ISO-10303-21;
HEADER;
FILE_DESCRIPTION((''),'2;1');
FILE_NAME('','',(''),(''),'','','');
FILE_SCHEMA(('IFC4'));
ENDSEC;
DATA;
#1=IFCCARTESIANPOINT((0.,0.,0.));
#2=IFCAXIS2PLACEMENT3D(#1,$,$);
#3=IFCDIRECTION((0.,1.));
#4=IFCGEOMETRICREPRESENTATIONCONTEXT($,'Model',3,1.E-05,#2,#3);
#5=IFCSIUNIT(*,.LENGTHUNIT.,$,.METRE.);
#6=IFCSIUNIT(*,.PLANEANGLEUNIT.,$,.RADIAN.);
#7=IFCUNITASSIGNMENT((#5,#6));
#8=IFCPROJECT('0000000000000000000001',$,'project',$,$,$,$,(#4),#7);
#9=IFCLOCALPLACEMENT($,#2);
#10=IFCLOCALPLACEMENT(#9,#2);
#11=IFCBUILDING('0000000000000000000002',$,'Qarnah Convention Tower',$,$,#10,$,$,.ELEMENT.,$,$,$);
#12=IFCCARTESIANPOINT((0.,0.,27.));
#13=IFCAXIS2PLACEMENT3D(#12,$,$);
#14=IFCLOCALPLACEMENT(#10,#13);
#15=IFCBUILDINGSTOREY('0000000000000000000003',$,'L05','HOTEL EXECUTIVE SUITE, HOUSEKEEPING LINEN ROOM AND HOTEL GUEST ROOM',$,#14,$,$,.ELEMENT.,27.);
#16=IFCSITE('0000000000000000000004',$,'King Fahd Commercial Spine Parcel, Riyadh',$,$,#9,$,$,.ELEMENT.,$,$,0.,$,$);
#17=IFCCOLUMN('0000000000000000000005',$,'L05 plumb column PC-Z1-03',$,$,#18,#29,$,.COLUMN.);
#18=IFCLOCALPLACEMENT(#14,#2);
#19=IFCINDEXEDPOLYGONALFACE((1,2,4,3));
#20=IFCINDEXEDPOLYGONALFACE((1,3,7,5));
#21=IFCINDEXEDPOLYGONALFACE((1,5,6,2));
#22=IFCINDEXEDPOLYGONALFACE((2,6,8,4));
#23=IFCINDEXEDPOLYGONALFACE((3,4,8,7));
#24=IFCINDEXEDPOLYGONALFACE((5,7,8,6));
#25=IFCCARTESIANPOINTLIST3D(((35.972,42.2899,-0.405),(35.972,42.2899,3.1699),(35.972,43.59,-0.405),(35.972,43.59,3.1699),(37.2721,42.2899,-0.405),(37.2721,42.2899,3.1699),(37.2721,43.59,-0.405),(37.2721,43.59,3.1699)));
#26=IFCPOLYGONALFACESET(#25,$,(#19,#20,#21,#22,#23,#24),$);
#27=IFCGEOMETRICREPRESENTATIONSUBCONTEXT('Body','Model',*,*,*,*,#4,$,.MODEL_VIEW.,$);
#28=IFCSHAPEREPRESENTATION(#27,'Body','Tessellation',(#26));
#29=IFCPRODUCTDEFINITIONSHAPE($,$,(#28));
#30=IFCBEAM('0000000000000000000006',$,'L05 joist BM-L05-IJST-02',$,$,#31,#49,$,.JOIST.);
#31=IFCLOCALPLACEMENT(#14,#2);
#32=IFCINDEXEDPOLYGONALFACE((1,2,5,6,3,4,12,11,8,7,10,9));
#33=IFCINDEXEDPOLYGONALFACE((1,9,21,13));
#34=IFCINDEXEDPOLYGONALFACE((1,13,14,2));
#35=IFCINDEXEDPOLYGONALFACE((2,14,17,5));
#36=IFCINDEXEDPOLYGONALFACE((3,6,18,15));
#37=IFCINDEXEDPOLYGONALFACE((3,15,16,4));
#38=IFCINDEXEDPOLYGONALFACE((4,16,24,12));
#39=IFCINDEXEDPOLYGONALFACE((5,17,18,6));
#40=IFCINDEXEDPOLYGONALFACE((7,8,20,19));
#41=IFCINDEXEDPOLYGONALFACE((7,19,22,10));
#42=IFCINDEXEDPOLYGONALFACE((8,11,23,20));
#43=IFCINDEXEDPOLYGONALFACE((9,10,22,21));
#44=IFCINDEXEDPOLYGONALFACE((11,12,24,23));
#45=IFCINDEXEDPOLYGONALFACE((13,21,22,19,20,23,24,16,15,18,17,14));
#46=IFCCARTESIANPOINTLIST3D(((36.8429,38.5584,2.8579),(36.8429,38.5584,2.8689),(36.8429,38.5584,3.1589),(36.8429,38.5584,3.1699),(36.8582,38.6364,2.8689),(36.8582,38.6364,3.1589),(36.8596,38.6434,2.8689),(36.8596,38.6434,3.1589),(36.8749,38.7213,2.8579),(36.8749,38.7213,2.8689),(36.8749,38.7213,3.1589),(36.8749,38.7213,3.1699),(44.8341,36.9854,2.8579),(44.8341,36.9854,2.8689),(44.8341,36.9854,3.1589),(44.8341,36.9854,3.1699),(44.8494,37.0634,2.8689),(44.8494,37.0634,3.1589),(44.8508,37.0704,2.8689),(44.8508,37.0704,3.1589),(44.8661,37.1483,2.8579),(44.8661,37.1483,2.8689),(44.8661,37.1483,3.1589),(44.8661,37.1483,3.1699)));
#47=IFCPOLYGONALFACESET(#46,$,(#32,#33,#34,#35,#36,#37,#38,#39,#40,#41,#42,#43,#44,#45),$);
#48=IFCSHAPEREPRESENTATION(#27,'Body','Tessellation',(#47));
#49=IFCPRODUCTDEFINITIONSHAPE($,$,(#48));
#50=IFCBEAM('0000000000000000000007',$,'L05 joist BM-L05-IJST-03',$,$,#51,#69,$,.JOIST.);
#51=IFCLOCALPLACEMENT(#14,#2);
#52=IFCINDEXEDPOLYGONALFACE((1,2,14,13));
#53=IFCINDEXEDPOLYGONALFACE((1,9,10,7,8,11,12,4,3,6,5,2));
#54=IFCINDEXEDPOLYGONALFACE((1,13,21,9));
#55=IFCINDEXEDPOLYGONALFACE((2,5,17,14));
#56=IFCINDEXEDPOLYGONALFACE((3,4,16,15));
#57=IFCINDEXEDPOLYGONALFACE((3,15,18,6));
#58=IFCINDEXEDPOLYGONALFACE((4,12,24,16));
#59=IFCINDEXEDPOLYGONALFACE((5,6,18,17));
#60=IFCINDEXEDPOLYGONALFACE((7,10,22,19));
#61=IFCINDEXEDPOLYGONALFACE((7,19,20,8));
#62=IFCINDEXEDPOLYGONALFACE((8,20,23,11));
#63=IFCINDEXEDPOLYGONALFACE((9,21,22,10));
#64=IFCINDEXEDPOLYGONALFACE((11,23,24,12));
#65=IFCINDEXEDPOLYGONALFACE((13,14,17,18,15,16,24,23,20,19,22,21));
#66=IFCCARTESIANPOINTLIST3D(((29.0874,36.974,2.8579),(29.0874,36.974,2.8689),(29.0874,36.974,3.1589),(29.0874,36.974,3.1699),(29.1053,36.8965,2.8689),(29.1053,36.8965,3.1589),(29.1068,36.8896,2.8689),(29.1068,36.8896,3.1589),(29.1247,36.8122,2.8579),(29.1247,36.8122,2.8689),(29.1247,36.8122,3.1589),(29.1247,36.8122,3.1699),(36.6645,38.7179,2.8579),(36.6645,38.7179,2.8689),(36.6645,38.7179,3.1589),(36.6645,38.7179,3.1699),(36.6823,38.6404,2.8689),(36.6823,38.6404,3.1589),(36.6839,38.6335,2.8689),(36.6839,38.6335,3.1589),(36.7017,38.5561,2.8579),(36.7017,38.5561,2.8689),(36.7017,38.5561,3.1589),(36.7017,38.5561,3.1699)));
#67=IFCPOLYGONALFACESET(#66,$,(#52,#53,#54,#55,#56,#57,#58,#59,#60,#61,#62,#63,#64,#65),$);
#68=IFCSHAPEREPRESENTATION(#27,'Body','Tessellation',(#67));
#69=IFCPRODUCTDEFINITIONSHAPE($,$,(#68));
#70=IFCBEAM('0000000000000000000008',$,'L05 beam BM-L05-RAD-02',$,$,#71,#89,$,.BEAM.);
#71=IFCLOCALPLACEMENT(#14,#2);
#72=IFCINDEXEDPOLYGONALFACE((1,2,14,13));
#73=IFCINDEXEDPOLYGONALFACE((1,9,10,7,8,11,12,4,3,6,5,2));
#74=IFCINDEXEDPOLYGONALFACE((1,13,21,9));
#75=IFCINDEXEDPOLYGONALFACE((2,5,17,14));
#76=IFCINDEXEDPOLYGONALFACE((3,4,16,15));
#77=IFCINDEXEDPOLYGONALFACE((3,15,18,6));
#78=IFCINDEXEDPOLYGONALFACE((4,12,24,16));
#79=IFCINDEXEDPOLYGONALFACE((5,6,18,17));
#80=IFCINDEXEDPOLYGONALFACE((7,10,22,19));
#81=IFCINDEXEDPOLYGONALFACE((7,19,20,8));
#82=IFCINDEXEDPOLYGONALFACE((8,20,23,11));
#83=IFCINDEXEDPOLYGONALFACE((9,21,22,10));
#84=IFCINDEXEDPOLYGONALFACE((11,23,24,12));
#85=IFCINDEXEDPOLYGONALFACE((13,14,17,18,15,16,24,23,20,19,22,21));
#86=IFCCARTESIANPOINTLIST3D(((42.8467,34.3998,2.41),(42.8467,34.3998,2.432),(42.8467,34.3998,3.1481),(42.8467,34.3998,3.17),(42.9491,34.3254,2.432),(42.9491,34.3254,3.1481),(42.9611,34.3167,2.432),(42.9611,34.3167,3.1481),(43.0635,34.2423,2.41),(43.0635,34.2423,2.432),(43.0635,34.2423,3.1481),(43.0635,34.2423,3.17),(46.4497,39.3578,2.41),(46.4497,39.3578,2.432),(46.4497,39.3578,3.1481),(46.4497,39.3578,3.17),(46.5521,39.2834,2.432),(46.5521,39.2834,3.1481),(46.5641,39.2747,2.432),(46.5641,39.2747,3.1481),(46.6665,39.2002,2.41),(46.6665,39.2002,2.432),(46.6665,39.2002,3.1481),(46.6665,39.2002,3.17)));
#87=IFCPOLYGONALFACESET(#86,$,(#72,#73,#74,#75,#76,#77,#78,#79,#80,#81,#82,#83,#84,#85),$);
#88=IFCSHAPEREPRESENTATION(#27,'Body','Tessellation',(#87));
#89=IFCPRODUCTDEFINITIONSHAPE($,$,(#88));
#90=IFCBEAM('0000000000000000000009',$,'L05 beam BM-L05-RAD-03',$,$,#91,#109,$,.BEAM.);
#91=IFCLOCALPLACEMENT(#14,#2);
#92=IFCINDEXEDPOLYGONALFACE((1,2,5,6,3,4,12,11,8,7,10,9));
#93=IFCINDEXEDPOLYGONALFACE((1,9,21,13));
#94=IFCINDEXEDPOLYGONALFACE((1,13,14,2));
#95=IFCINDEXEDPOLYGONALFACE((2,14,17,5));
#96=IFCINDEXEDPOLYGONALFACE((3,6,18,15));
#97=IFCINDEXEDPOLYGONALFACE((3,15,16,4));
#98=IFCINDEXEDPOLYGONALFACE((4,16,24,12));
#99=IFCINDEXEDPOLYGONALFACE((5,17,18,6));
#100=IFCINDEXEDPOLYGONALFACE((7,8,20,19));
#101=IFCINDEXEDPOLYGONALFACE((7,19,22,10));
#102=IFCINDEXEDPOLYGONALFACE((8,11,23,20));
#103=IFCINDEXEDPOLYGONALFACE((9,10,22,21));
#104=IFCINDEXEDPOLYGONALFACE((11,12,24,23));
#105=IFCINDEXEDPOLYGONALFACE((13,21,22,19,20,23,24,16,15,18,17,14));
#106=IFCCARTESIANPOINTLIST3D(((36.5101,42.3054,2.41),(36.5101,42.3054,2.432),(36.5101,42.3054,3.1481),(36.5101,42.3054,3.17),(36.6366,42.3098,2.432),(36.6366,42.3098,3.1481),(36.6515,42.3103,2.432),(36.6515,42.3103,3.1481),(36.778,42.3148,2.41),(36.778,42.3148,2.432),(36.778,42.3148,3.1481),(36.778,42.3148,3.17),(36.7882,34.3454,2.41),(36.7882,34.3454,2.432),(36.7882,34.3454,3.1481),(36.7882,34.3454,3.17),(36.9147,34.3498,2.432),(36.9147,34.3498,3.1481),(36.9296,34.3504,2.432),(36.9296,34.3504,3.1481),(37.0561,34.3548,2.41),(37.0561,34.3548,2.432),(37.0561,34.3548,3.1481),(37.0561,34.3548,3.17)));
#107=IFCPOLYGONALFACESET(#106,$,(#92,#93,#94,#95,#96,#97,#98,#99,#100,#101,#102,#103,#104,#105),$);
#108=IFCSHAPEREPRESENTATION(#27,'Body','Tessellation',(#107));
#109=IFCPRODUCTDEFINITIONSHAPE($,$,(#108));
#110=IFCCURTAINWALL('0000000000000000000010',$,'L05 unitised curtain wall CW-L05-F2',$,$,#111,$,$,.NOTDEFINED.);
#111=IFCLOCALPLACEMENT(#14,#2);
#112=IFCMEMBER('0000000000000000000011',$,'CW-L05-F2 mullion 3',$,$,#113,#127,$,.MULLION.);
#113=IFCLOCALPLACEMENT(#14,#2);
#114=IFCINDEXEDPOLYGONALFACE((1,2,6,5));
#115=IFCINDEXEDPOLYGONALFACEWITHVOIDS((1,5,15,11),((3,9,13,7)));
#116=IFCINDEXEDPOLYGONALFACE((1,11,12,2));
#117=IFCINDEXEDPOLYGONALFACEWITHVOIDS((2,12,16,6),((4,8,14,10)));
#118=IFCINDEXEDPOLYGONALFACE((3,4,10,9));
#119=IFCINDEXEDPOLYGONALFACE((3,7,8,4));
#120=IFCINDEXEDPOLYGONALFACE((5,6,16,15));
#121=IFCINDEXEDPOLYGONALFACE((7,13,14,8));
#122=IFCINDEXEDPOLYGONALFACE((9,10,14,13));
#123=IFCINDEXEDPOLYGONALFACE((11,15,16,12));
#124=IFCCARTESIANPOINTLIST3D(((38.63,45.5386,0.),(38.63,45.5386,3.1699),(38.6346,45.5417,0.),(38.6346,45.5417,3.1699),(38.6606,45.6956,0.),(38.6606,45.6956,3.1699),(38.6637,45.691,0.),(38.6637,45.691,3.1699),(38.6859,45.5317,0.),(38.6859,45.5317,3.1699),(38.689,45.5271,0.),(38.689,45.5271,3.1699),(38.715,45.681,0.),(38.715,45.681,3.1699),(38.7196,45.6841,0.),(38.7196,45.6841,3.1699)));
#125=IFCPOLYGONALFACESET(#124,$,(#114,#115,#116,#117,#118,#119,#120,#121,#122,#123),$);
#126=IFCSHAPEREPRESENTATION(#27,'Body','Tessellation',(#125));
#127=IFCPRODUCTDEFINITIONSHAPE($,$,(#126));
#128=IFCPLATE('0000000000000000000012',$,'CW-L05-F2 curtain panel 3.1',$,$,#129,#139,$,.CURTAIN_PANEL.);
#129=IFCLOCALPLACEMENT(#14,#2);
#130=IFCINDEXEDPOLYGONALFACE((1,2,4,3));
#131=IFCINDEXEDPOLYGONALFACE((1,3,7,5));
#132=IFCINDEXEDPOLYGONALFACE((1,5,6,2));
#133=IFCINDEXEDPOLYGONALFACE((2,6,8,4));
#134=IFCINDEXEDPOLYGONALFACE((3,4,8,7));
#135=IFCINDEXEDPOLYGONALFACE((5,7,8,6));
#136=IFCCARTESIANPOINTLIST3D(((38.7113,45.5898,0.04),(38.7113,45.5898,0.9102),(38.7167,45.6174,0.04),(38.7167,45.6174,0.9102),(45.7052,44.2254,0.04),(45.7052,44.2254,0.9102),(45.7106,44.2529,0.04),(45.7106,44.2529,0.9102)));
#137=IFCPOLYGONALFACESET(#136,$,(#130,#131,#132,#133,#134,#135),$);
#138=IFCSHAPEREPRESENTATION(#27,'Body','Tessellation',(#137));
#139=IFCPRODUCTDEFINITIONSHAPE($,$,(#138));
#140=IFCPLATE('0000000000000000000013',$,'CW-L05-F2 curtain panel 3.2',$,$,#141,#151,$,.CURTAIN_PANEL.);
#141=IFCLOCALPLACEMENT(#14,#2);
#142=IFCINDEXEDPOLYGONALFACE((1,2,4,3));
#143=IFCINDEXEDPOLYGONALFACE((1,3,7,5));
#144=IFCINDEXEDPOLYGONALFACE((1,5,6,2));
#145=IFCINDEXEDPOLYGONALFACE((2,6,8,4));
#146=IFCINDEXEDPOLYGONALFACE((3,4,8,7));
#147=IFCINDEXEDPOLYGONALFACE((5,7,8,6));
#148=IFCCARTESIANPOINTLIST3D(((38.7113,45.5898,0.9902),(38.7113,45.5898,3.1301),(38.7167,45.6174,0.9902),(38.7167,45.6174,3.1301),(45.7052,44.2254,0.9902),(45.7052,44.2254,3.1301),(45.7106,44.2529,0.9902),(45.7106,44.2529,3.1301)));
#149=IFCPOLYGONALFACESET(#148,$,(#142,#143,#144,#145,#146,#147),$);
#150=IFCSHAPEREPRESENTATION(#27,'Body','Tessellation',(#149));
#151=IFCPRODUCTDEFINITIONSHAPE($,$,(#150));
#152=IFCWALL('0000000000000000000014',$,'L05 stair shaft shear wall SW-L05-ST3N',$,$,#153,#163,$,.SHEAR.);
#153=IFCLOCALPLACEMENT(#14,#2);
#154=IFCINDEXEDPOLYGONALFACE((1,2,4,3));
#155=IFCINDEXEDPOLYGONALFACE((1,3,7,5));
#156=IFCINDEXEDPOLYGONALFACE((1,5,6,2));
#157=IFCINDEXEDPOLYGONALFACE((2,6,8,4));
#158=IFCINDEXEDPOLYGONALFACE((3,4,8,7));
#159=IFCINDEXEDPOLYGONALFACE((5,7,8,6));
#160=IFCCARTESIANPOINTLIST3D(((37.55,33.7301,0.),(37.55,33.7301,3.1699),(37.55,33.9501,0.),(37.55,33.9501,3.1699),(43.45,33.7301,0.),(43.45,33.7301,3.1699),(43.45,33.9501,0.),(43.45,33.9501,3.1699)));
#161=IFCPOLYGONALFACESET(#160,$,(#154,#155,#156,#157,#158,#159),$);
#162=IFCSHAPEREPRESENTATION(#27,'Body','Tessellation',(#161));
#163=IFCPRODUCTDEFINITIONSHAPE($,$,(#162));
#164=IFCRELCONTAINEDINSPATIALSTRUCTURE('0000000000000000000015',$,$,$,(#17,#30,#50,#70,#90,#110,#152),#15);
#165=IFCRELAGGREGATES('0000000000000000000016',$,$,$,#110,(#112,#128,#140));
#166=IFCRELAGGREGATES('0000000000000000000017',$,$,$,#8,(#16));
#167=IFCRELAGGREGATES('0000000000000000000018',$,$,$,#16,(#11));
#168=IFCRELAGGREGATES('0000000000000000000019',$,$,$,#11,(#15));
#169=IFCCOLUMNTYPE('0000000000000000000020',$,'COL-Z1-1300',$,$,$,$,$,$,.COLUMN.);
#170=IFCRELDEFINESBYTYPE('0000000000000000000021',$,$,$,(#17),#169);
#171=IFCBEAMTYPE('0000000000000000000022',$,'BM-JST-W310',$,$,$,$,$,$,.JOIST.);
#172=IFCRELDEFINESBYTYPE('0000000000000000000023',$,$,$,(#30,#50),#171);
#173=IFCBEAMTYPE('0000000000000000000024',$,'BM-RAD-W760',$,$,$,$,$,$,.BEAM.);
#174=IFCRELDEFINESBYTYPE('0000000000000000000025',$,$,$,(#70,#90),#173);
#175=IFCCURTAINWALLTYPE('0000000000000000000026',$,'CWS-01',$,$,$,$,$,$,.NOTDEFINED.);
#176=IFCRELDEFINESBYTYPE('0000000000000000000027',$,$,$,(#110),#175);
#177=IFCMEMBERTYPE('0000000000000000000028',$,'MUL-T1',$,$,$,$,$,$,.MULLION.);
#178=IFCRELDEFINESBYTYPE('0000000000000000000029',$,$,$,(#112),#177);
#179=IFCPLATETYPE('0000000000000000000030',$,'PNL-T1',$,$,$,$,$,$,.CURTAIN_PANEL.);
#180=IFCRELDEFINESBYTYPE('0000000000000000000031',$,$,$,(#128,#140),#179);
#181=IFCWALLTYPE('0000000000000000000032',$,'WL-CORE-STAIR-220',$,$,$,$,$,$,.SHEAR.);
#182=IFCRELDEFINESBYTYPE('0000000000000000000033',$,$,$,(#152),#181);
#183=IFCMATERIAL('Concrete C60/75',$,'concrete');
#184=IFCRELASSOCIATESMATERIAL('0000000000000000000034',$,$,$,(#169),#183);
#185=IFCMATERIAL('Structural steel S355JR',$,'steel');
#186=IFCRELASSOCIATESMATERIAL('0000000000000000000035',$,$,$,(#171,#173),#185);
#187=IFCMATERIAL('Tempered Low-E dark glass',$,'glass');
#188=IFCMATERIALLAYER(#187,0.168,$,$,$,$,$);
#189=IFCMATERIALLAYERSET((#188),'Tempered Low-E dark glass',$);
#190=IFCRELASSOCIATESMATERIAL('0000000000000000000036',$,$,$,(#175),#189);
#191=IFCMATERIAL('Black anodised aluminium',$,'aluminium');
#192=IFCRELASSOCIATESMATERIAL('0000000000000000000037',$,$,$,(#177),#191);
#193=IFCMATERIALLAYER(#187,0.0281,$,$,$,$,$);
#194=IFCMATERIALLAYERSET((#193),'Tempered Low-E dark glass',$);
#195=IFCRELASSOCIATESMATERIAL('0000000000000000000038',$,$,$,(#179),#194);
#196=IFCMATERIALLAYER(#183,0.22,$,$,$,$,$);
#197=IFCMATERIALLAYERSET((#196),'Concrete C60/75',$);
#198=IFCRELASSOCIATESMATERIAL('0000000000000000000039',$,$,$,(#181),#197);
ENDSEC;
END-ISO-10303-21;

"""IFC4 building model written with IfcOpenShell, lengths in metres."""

from ifc_helpers import new_model, si_unit, direction, frame, frame_2d, origin, origin_2d, place, context, subcontext, project, spatial, rectangle, hollow_rectangle, i_section, extrude, material, layer, layer_set, material_profile, profile_set, type_object, element, aggregate, save


model = new_model("IFC4")

# Units and contexts
model_context = context("Model", 3, precision=1e-05, world=origin(), true_north=direction((0.0, 1.0)))
body_context = subcontext(model_context, "Body", "Model", "MODEL_VIEW")
ifc_project = project(units=[si_unit("LENGTHUNIT", "METRE"), si_unit("PLANEANGLEUNIT", "RADIAN")], contexts=[model_context])

# Site, building, storey
site_placement = place(None, origin())
site = spatial("IfcSite", under=ifc_project, at=site_placement, Name="King Fahd Commercial Spine Parcel, Riyadh", CompositionType="ELEMENT", RefElevation=0.0)
building_placement = place(site_placement, origin())
building = spatial("IfcBuilding", under=site, at=building_placement, Name="Qarnah Convention Tower", CompositionType="ELEMENT")
storey_placement = place(building_placement, frame((0.0, 0.0, 27.0)))
storey = spatial("IfcBuildingStorey", under=building, at=storey_placement, Name="L05", Description="HOTEL EXECUTIVE SUITE, HOUSEKEEPING LINEN ROOM AND HOTEL GUEST ROOM", CompositionType="ELEMENT", Elevation=27.0)

# Column
ifc_material_1 = material(Name="Concrete C60/75", Category="concrete")
ifc_material_profile_1 = material_profile(ifc_material_1, rectangle(XDim=1.3, YDim=1.3, at=origin_2d()), Name="RC-COL-1300X1300")
ifc_profile_set_1 = profile_set([ifc_material_profile_1], Name="Concrete C60/75")
column_type = type_object("IfcColumnType", Name="COL-Z1-1300", PredefinedType="COLUMN", material=ifc_profile_set_1)
column_placement = place(storey_placement, frame((36.6221, 42.9399, -0.405), z_axis=(0.0, 0.0, 1.0), x_axis=(1.0, 0.0, 0.0)))
element("IfcColumn", 1, at=column_placement, inside=storey, type_object=column_type, Name="L05 plumb column PC-Z1-03", PredefinedType="COLUMN", context=body_context, shape_type="SweptSolid", body=[
    extrude(rectangle(XDim=1.3, YDim=1.3, at=origin_2d()), origin(), (0.0, 0.0, 1.0), 3.575),
])

# Beams
ifc_material_2 = material(Name="Structural steel S355JR", Category="steel")
ifc_material_profile_2 = material_profile(ifc_material_2, i_section(OverallWidth=0.166, OverallDepth=0.312, WebThickness=0.0071, FlangeThickness=0.011, at=origin_2d()), Name="W310X45")
ifc_profile_set_2 = profile_set([ifc_material_profile_2], Name="Structural steel S355JR")
beam_type_1 = type_object("IfcBeamType", Name="BM-JST-W310", PredefinedType="JOIST", material=ifc_profile_set_2)
beam_1_placement = place(storey_placement, frame((44.8501, 37.0669, 3.0139), z_axis=(-0.981172, 0.193135, 0.0), x_axis=(-0.193135, -0.981172, 0.0)))
element("IfcBeam", 2, at=beam_1_placement, inside=storey, type_object=beam_type_1, Name="L05 joist BM-L05-IJST-02", PredefinedType="JOIST", context=body_context, shape_type="SweptSolid", body=[
    extrude(i_section(OverallWidth=0.166, OverallDepth=0.312, WebThickness=0.0071, FlangeThickness=0.011, at=origin_2d()), origin(), (0.0, 0.0, 1.0), 8.1445),
])
beam_2_placement = place(storey_placement, frame((36.6831, 38.637, 3.0139), z_axis=(-0.974523, -0.224288, 0.0), x_axis=(0.224288, -0.974523, 0.0)))
element("IfcBeam", 3, at=beam_2_placement, inside=storey, type_object=beam_type_1, Name="L05 joist BM-L05-IJST-03", PredefinedType="JOIST", context=body_context, shape_type="SweptSolid", body=[
    extrude(i_section(OverallWidth=0.166, OverallDepth=0.312, WebThickness=0.0071, FlangeThickness=0.011, at=origin_2d()), origin(), (0.0, 0.0, 1.0), 7.7751),
])
ifc_material_profile_3 = material_profile(ifc_material_2, i_section(OverallWidth=0.2681, OverallDepth=0.76, WebThickness=0.0149, FlangeThickness=0.022, at=origin_2d()), Name="W760X185")
ifc_profile_set_3 = profile_set([ifc_material_profile_3], Name="Structural steel S355JR")
beam_type_2 = type_object("IfcBeamType", Name="BM-RAD-W760", PredefinedType="BEAM", material=ifc_profile_set_3)
beam_3_placement = place(storey_placement, frame((42.9551, 34.321, 2.79), z_axis=(0.587873, 0.808953, 0.0), x_axis=(-0.808953, 0.587873, 0.0)))
element("IfcBeam", 4, at=beam_3_placement, inside=storey, type_object=beam_type_2, Name="L05 beam BM-L05-RAD-02", PredefinedType="BEAM", context=body_context, shape_type="SweptSolid", body=[
    extrude(i_section(OverallWidth=0.2681, OverallDepth=0.76, WebThickness=0.0149, FlangeThickness=0.022, at=origin_2d()), origin(), (0.0, 0.0, 1.0), 6.1289),
])
beam_4_placement = place(storey_placement, frame((36.9221, 34.3501, 2.79), z_axis=(-0.034913, 0.99939, 0.0), x_axis=(-0.99939, -0.034913, 0.0)))
element("IfcBeam", 5, at=beam_4_placement, inside=storey, type_object=beam_type_2, Name="L05 beam BM-L05-RAD-03", PredefinedType="BEAM", context=body_context, shape_type="SweptSolid", body=[
    extrude(i_section(OverallWidth=0.2681, OverallDepth=0.76, WebThickness=0.0149, FlangeThickness=0.022, at=origin_2d()), origin(), (0.0, 0.0, 1.0), 7.9648),
])

# Curtain wall, member, plates
ifc_material_3 = material(Name="Tempered Low-E dark glass", Category="glass")
ifc_layer_1 = layer(ifc_material_3, 0.168)
ifc_layer_set_1 = layer_set([ifc_layer_1], Name="Tempered Low-E dark glass")
curtain_wall_type = type_object("IfcCurtainWallType", Name="CWS-01", PredefinedType="NOTDEFINED", material=ifc_layer_set_1)
curtain_wall_placement = place(storey_placement, origin())
curtain_wall = element("IfcCurtainWall", 6, at=curtain_wall_placement, inside=storey, type_object=curtain_wall_type, Name="L05 unitised curtain wall CW-L05-F2", PredefinedType="NOTDEFINED")
ifc_material_4 = material(Name="Black anodised aluminium", Category="aluminium")
ifc_material_profile_4 = material_profile(ifc_material_4, hollow_rectangle(XDim=0.0601, YDim=0.1599, WallThickness=0.0039, at=origin_2d()), Name="MUL-60X160")
ifc_profile_set_4 = profile_set([ifc_material_profile_4], Name="Black anodised aluminium")
member_type = type_object("IfcMemberType", Name="MUL-T1", PredefinedType="MULLION", material=ifc_profile_set_4)
member_placement = place(storey_placement, frame((38.6748, 45.6113, 0.0), z_axis=(0.0, 0.0, 1.0), x_axis=(0.981495, -0.191486, 0.0)))
member = element("IfcMember", 7, at=member_placement, type_object=member_type, Name="CW-L05-F2 mullion 3", PredefinedType="MULLION", context=body_context, shape_type="SweptSolid", body=[
    extrude(hollow_rectangle(XDim=0.0601, YDim=0.1599, WallThickness=0.0039, at=origin_2d()), origin(), (0.0, 0.0, 1.0), 3.1699),
])
ifc_layer_2 = layer(ifc_material_3, 0.0281)
ifc_layer_set_2 = layer_set([ifc_layer_2], Name="Tempered Low-E dark glass")
plate_type = type_object("IfcPlateType", Name="PNL-T1", PredefinedType="CURTAIN_PANEL", material=ifc_layer_set_2)
plate_1_placement = place(storey_placement, frame((42.2109, 44.9214, 0.04), z_axis=(0.0, 0.0, 1.0), x_axis=(0.981495, -0.191486, 0.0)))
plate_1 = element("IfcPlate", 8, at=plate_1_placement, type_object=plate_type, Name="CW-L05-F2 curtain panel 3.1", PredefinedType="CURTAIN_PANEL", context=body_context, shape_type="SweptSolid", body=[
    extrude(rectangle(XDim=7.1257, YDim=0.0281, at=origin_2d()), origin(), (0.0, 0.0, 1.0), 0.8701),
])
plate_2_placement = place(storey_placement, frame((42.2109, 44.9214, 0.9902), z_axis=(0.0, 0.0, 1.0), x_axis=(0.981495, -0.191486, 0.0)))
plate_2 = element("IfcPlate", 9, at=plate_2_placement, type_object=plate_type, Name="CW-L05-F2 curtain panel 3.2", PredefinedType="CURTAIN_PANEL", context=body_context, shape_type="SweptSolid", body=[
    extrude(rectangle(XDim=7.1257, YDim=0.0281, at=origin_2d()), origin(), (0.0, 0.0, 1.0), 2.1399),
])
aggregate(curtain_wall, [member, plate_1, plate_2])

# Wall
ifc_layer_3 = layer(ifc_material_1, 0.22)
ifc_layer_set_3 = layer_set([ifc_layer_3], Name="Concrete C60/75")
wall_type_1 = type_object("IfcWallType", Name="WL-CORE-STAIR-220", PredefinedType="SHEAR", material=ifc_layer_set_3)
wall_1_placement = place(storey_placement, frame((37.55, 33.8401, 0.0), z_axis=(0.0, 0.0, 1.0), x_axis=(1.0, 0.0, 0.0)))
element("IfcWall", 10, at=wall_1_placement, inside=storey, type_object=wall_type_1, Name="L05 stair shaft shear wall SW-L05-ST3N", PredefinedType="SHEAR", context=body_context, shape_type="SweptSolid", body=[
    extrude(rectangle(XDim=5.8999, YDim=0.22, at=frame_2d((2.95, 0.0))), origin(), (0.0, 0.0, 1.0), 3.1699),
])

save(model, "model.ifc")
